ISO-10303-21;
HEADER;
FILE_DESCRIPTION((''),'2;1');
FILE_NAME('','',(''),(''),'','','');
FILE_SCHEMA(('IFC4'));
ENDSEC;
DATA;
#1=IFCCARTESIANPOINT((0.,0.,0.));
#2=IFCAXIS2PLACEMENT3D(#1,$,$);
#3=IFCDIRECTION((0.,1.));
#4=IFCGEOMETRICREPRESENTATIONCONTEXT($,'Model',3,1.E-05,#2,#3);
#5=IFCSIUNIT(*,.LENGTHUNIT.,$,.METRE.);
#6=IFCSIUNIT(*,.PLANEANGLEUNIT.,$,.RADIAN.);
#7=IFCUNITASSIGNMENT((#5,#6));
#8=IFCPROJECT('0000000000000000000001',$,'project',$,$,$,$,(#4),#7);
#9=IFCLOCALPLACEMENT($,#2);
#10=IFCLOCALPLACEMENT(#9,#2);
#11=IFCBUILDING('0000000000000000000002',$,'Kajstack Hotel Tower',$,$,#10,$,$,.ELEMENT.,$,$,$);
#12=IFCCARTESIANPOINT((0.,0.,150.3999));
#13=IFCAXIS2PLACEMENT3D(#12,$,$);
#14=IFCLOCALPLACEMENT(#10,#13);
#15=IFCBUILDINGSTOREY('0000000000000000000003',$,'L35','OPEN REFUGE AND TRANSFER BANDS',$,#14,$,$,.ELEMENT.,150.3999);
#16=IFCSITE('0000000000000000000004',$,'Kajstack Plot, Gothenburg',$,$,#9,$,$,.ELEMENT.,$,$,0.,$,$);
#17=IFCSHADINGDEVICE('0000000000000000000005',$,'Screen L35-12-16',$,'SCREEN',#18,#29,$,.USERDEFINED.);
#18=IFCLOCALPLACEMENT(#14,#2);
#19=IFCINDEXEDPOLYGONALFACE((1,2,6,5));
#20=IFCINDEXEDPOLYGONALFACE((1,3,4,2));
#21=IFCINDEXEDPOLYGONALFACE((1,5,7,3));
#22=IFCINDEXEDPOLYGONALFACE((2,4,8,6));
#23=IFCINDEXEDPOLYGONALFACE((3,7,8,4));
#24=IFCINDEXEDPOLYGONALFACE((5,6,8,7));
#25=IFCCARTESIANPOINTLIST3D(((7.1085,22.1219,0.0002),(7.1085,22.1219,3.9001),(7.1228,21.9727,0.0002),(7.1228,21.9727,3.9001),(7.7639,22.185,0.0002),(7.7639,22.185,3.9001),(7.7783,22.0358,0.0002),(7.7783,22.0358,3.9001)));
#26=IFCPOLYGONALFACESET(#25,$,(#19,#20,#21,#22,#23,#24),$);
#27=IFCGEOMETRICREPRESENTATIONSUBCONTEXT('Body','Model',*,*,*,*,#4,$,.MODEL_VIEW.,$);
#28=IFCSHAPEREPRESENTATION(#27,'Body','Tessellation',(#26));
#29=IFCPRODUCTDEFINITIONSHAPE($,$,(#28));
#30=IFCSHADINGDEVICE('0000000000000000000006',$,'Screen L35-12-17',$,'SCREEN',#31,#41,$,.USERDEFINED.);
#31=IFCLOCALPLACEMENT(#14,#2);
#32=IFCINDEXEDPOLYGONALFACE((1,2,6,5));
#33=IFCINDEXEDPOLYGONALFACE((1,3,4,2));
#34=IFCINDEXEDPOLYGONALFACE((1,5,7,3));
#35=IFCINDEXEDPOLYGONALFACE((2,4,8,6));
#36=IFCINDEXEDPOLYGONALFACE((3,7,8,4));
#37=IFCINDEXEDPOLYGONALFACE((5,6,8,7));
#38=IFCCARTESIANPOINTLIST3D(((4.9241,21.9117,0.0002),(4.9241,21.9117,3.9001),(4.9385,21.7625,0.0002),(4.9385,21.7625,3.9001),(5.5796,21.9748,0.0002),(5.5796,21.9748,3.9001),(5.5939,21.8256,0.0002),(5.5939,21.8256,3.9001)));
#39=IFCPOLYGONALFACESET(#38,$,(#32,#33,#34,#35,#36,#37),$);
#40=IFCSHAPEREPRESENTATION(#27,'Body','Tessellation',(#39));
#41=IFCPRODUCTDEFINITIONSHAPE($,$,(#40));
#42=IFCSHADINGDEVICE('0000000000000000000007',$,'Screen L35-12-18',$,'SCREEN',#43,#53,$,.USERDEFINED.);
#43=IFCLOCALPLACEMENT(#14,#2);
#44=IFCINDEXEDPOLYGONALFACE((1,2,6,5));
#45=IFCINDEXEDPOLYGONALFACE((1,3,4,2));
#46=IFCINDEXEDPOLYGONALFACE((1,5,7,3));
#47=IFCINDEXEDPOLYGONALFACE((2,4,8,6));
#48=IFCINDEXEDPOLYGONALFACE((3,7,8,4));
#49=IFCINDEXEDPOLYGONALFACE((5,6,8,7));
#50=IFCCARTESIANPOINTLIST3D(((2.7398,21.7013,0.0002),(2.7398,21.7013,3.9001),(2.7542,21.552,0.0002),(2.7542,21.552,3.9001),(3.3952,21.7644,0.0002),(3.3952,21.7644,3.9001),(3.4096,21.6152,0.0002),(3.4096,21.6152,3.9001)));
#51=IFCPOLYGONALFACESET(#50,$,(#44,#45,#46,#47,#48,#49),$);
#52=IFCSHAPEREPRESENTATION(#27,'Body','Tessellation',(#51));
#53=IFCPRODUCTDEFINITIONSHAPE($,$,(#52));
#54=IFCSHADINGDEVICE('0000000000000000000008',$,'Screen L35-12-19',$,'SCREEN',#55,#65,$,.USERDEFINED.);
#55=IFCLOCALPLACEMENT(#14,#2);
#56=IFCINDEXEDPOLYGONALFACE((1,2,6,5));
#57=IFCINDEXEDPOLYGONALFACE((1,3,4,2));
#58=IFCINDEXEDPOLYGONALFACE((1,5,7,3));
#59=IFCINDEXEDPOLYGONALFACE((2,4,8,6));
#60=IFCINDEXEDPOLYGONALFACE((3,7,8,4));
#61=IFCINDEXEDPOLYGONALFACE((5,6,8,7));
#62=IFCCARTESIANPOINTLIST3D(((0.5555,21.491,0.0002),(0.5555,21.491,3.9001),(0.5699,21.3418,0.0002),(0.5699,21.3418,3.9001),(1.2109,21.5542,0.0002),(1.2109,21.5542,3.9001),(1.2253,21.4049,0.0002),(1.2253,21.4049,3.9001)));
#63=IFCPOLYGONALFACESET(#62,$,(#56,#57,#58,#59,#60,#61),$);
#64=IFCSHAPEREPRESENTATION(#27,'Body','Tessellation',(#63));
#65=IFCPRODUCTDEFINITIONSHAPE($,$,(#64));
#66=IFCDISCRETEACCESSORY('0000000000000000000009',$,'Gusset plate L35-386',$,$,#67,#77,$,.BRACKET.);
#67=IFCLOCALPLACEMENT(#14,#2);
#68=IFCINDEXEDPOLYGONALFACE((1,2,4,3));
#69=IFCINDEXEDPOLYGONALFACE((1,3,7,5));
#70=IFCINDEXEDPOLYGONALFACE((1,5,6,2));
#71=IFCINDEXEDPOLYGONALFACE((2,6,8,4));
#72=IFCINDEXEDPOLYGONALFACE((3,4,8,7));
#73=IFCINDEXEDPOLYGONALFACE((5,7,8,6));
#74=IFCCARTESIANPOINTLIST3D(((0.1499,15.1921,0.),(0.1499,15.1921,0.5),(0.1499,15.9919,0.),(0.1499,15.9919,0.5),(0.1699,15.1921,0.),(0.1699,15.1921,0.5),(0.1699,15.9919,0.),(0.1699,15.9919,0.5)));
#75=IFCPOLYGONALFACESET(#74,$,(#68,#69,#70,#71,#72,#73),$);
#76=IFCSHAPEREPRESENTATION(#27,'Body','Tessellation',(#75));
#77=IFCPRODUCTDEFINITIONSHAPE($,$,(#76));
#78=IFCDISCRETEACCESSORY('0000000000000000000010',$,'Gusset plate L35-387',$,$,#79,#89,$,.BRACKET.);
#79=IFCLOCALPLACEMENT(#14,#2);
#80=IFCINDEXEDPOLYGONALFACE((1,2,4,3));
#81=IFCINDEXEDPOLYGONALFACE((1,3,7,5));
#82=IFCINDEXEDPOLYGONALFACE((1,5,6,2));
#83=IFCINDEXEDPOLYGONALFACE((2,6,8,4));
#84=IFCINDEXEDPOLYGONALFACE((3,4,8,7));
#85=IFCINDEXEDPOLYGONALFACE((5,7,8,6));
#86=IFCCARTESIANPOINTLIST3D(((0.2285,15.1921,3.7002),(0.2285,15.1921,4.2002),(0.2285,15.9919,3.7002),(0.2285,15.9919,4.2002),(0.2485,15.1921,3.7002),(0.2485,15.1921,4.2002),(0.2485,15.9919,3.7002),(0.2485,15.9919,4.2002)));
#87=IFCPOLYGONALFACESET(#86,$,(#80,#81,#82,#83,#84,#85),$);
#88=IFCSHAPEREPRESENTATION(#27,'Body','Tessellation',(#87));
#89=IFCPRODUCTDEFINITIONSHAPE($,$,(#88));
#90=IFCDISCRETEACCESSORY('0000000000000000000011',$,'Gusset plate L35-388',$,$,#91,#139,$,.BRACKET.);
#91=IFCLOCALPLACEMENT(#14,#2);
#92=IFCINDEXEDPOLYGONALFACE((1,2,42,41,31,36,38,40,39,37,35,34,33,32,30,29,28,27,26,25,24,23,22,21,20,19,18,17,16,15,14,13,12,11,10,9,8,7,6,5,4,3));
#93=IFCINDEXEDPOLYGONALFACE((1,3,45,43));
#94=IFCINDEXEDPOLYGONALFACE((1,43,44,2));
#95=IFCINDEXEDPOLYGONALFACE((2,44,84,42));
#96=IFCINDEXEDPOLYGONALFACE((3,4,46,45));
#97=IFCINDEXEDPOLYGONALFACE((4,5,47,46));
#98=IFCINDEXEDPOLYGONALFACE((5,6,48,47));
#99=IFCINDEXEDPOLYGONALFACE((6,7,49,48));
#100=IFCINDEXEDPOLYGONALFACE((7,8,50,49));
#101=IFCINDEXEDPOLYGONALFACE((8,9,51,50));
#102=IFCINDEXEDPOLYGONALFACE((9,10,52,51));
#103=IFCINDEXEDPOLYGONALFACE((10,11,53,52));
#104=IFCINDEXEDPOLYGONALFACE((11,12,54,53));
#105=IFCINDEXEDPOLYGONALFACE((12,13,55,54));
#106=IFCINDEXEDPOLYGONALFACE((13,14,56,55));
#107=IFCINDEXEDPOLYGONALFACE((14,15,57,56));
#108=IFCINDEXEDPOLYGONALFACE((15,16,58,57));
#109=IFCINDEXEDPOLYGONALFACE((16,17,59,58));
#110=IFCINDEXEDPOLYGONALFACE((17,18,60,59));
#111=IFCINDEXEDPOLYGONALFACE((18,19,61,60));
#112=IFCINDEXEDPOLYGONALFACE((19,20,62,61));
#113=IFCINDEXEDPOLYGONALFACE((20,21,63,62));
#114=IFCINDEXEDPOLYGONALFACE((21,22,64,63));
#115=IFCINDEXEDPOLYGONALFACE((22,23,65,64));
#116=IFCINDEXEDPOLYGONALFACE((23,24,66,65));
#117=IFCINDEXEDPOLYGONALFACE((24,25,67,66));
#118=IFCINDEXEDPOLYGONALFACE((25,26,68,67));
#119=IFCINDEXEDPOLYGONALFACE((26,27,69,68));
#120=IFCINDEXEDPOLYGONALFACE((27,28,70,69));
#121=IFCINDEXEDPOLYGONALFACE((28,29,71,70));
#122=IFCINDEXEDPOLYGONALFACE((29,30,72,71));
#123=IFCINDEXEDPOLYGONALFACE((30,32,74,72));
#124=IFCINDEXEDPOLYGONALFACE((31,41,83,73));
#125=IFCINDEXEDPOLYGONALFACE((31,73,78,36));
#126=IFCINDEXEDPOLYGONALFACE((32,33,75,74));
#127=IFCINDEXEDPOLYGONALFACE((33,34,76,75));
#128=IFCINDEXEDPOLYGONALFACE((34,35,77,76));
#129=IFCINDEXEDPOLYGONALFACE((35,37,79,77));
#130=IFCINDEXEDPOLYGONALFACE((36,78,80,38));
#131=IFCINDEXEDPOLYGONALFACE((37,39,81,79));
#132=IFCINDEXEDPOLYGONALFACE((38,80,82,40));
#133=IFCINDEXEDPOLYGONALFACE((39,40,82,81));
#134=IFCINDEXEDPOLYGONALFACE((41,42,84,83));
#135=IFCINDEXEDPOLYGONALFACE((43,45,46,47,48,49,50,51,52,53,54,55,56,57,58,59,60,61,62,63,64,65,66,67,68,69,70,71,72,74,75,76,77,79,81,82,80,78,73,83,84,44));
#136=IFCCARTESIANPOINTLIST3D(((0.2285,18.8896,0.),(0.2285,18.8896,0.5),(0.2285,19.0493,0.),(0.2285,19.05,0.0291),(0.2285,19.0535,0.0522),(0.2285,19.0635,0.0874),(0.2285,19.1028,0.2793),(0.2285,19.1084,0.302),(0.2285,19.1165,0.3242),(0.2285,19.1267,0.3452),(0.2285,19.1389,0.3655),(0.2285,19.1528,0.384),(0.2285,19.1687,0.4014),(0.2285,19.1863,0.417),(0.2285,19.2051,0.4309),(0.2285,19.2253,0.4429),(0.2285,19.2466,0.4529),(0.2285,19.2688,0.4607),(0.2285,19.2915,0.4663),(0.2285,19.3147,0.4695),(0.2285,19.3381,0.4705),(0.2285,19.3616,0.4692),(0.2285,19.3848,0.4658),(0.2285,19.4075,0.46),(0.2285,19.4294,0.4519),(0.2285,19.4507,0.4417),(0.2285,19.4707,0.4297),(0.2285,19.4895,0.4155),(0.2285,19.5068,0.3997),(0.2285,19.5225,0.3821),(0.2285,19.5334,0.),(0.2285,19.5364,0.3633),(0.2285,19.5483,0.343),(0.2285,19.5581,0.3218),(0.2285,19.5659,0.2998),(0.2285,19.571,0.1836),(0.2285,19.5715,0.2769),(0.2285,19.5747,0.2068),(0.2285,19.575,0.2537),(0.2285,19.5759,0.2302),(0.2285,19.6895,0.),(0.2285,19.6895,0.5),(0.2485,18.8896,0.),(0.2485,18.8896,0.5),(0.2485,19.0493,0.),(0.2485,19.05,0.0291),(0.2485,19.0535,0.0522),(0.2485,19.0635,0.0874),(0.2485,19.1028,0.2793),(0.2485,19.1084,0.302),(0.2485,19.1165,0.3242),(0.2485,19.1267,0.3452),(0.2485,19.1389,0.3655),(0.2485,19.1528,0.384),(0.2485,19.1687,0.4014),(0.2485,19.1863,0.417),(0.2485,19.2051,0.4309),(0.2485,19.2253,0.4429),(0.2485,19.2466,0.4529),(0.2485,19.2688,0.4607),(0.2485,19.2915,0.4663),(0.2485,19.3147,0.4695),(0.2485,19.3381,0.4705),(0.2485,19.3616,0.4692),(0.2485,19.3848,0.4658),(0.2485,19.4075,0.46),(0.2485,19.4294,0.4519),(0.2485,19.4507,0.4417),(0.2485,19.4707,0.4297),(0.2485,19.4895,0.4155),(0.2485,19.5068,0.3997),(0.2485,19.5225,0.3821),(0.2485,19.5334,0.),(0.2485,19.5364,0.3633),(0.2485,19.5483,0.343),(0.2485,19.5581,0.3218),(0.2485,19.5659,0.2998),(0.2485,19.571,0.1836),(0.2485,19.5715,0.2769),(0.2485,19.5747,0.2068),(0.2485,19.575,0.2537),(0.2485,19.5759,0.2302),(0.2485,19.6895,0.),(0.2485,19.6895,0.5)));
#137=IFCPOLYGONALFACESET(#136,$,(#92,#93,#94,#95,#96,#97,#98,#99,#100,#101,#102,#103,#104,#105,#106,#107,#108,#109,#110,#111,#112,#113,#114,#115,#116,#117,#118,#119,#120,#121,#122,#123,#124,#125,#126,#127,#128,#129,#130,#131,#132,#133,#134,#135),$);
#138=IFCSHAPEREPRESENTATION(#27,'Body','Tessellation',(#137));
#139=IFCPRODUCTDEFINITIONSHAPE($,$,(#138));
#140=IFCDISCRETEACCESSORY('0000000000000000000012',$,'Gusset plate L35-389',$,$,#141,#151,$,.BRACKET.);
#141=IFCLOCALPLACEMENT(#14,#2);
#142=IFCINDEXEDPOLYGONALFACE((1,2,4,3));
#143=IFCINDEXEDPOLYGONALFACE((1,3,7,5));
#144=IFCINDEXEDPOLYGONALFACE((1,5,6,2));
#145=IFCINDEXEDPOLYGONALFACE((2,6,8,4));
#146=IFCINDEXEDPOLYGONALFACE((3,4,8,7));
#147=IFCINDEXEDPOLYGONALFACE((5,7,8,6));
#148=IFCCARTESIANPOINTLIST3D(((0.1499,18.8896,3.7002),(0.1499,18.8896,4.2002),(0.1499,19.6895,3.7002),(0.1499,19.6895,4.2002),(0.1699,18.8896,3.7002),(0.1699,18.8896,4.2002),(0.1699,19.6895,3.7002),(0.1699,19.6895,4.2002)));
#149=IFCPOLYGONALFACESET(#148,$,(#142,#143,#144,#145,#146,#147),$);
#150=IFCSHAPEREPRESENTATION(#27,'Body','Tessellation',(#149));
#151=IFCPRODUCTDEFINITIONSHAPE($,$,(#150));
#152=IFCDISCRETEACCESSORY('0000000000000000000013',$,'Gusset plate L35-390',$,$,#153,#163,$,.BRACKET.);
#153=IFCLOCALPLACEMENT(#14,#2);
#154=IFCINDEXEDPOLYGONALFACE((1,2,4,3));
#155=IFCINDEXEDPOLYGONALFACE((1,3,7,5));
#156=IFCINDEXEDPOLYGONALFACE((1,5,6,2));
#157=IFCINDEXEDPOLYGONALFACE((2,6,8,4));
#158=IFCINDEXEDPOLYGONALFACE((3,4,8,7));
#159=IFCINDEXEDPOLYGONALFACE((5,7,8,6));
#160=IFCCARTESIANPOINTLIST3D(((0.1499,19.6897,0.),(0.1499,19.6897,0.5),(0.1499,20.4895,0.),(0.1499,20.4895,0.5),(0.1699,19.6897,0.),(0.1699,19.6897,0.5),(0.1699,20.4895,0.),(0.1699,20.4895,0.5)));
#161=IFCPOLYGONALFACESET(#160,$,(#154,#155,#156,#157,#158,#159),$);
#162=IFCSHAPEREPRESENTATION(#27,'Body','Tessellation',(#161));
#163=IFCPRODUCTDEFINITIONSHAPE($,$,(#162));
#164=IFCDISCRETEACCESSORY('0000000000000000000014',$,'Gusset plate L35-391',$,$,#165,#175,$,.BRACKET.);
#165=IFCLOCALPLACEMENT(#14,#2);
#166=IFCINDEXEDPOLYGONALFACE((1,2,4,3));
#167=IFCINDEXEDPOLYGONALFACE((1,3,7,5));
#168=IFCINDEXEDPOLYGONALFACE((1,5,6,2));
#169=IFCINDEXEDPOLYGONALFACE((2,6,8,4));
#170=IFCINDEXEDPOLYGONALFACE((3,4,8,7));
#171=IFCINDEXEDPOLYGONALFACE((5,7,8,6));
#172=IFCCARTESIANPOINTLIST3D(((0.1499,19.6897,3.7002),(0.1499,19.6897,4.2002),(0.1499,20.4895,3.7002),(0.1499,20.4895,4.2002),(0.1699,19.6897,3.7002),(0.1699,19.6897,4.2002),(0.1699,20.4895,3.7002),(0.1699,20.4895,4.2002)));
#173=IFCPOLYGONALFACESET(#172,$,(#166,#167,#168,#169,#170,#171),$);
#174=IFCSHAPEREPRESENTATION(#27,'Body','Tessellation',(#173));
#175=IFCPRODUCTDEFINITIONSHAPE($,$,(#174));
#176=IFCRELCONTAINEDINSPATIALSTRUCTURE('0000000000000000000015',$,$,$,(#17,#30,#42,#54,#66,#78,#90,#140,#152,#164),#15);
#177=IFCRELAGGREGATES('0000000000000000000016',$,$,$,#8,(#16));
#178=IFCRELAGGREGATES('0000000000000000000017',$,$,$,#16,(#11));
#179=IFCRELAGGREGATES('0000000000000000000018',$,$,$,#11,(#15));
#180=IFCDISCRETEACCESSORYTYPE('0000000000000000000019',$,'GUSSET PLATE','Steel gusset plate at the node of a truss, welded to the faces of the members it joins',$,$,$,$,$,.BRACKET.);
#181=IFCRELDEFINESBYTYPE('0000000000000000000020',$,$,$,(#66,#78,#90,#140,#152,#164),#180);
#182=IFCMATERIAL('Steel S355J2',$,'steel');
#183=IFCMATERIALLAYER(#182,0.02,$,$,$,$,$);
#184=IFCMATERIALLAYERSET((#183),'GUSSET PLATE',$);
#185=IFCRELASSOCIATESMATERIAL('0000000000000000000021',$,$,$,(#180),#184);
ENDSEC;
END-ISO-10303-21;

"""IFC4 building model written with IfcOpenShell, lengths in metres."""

from ifc_helpers import new_model, si_unit, direction, frame, origin, origin_2d, place, context, subcontext, project, spatial, polyline, rectangle, outline, extrude, material, layer, layer_set, type_object, element, save


model = new_model("IFC4")

# Units and contexts
model_context = context("Model", 3, precision=1e-05, world=origin(), true_north=direction((0.0, 1.0)))
body_context = subcontext(model_context, "Body", "Model", "MODEL_VIEW")
ifc_project = project(units=[si_unit("LENGTHUNIT", "METRE"), si_unit("PLANEANGLEUNIT", "RADIAN")], contexts=[model_context])

# Site, building, storey
site_placement = place(None, origin())
site = spatial("IfcSite", under=ifc_project, at=site_placement, Name="Kajstack Plot, Gothenburg", CompositionType="ELEMENT", RefElevation=0.0)
building_placement = place(site_placement, origin())
building = spatial("IfcBuilding", under=site, at=building_placement, Name="Kajstack Hotel Tower", CompositionType="ELEMENT")
storey_placement = place(building_placement, frame((0.0, 0.0, 150.3999)))
storey = spatial("IfcBuildingStorey", under=building, at=storey_placement, Name="L35", Description="OPEN REFUGE AND TRANSFER BANDS", CompositionType="ELEMENT", Elevation=150.3999)

# Shared definitions
ifc_material = material(Name="Steel S355J2", Category="steel")

# Shading devices
for number, where, z_axis, x_axis, name in (
    (1, (7.4434, 22.0789, 0.0002), (0.0, 0.0, 1.0), (-0.995396, -0.095846, 0.0), "Screen L35-12-16"),
    (2, (5.259, 21.8687, 0.0002), (0.0, 0.0, 1.0), (-0.995396, -0.095846, 0.0), "Screen L35-12-17"),
    (3, (3.0747, 21.6582, 0.0002), (0.0, 0.0, 1.0), (-0.995396, -0.095846, 0.0), "Screen L35-12-18"),
    (4, (0.8904, 21.448, 0.0002), (0.0, 0.0, 1.0), (-0.995396, -0.095846, 0.0), "Screen L35-12-19"),
):
    element("IfcShadingDevice", number, at=place(storey_placement, frame(where, z_axis=z_axis, x_axis=x_axis)), inside=storey, Name=name, ObjectType="SCREEN", PredefinedType="USERDEFINED", context=body_context, shape_type="SweptSolid", body=[
        extrude(rectangle(XDim=0.6584, YDim=0.1499, at=origin_2d()), origin(), (0.0, 0.0, 1.0), 3.8999),
    ])

# Discrete accessories
ifc_layer = layer(ifc_material, 0.02)
ifc_layer_set = layer_set([ifc_layer], Name="GUSSET PLATE")
discrete_accessory_type = type_object("IfcDiscreteAccessoryType", Name="GUSSET PLATE", Description="Steel gusset plate at the node of a truss, welded to the faces of the members it joins", PredefinedType="BRACKET", material=ifc_layer_set)
for number, where, z_axis, x_axis, name in (
    (5, (0.1499, 15.592, 0.0), (1.0, 0.0, 0.0), (0.0, 1.0, 0.0), "Gusset plate L35-386"),
    (6, (0.2285, 15.592, 3.7002), (1.0, 0.0, 0.0), (0.0, 1.0, 0.0), "Gusset plate L35-387"),
):
    element("IfcDiscreteAccessory", number, at=place(storey_placement, frame(where, z_axis=z_axis, x_axis=x_axis)), inside=storey, type_object=discrete_accessory_type, Name=name, PredefinedType="BRACKET", context=body_context, shape_type="SweptSolid", body=[
        extrude(outline(polyline([(-0.3999, 0.0), (0.3999, 0.0), (0.3999, 0.5), (-0.3999, 0.5), (-0.3999, 0.0)])), origin(), (0.0, 0.0, 1.0), 0.02),
    ])
discrete_accessory_placement = place(storey_placement, frame((0.2285, 19.2896, 0.0), z_axis=(1.0, 0.0, 0.0), x_axis=(0.0, 1.0, 0.0)))
element("IfcDiscreteAccessory", 7, at=discrete_accessory_placement, inside=storey, type_object=discrete_accessory_type, Name="Gusset plate L35-388", PredefinedType="BRACKET", context=body_context, shape_type="SweptSolid", body=[
    extrude(outline(polyline([(-0.3999, 0.0), (-0.2402, 0.0), (-0.2395, 0.0291), (-0.2361, 0.0522), (-0.2261, 0.0874), (-0.1868, 0.2793), (-0.1812, 0.302), (-0.1731, 0.3242), (-0.1628, 0.3452), (-0.1506, 0.3655), (-0.1367, 0.384), (-0.1208, 0.4014), (-0.1033, 0.417), (-0.0845, 0.4309), (-0.0642, 0.4429), (-0.043, 0.4529), (-0.0208, 0.4607), (0.002, 0.4663), (0.0251, 0.4695), (0.0486, 0.4705), (0.072, 0.4692), (0.0952, 0.4658), (0.1179, 0.46), (0.1399, 0.4519), (0.1611, 0.4417), (0.1812, 0.4297), (0.2, 0.4155), (0.2173, 0.3997), (0.2329, 0.3821), (0.2468, 0.3633), (0.2588, 0.343), (0.2686, 0.3218), (0.2764, 0.2998), (0.282, 0.2769), (0.2854, 0.2537), (0.2864, 0.2302), (0.2852, 0.2068), (0.2815, 0.1836), (0.2439, 0.0), (0.3999, 0.0), (0.3999, 0.5), (-0.3999, 0.5), (-0.3999, 0.0)])), origin(), (0.0, 0.0, 1.0), 0.02),
])
for number, where, z_axis, x_axis, name in (
    (8, (0.1499, 19.2896, 3.7002), (1.0, 0.0, 0.0), (0.0, 1.0, 0.0), "Gusset plate L35-389"),
    (9, (0.1499, 20.0896, 0.0), (1.0, 0.0, 0.0), (0.0, 1.0, 0.0), "Gusset plate L35-390"),
    (10, (0.1499, 20.0896, 3.7002), (1.0, 0.0, 0.0), (0.0, 1.0, 0.0), "Gusset plate L35-391"),
):
    element("IfcDiscreteAccessory", number, at=place(storey_placement, frame(where, z_axis=z_axis, x_axis=x_axis)), inside=storey, type_object=discrete_accessory_type, Name=name, PredefinedType="BRACKET", context=body_context, shape_type="SweptSolid", body=[
        extrude(outline(polyline([(-0.3999, 0.0), (0.3999, 0.0), (0.3999, 0.5), (-0.3999, 0.5), (-0.3999, 0.0)])), origin(), (0.0, 0.0, 1.0), 0.02),
    ])

save(model, "model.ifc")
